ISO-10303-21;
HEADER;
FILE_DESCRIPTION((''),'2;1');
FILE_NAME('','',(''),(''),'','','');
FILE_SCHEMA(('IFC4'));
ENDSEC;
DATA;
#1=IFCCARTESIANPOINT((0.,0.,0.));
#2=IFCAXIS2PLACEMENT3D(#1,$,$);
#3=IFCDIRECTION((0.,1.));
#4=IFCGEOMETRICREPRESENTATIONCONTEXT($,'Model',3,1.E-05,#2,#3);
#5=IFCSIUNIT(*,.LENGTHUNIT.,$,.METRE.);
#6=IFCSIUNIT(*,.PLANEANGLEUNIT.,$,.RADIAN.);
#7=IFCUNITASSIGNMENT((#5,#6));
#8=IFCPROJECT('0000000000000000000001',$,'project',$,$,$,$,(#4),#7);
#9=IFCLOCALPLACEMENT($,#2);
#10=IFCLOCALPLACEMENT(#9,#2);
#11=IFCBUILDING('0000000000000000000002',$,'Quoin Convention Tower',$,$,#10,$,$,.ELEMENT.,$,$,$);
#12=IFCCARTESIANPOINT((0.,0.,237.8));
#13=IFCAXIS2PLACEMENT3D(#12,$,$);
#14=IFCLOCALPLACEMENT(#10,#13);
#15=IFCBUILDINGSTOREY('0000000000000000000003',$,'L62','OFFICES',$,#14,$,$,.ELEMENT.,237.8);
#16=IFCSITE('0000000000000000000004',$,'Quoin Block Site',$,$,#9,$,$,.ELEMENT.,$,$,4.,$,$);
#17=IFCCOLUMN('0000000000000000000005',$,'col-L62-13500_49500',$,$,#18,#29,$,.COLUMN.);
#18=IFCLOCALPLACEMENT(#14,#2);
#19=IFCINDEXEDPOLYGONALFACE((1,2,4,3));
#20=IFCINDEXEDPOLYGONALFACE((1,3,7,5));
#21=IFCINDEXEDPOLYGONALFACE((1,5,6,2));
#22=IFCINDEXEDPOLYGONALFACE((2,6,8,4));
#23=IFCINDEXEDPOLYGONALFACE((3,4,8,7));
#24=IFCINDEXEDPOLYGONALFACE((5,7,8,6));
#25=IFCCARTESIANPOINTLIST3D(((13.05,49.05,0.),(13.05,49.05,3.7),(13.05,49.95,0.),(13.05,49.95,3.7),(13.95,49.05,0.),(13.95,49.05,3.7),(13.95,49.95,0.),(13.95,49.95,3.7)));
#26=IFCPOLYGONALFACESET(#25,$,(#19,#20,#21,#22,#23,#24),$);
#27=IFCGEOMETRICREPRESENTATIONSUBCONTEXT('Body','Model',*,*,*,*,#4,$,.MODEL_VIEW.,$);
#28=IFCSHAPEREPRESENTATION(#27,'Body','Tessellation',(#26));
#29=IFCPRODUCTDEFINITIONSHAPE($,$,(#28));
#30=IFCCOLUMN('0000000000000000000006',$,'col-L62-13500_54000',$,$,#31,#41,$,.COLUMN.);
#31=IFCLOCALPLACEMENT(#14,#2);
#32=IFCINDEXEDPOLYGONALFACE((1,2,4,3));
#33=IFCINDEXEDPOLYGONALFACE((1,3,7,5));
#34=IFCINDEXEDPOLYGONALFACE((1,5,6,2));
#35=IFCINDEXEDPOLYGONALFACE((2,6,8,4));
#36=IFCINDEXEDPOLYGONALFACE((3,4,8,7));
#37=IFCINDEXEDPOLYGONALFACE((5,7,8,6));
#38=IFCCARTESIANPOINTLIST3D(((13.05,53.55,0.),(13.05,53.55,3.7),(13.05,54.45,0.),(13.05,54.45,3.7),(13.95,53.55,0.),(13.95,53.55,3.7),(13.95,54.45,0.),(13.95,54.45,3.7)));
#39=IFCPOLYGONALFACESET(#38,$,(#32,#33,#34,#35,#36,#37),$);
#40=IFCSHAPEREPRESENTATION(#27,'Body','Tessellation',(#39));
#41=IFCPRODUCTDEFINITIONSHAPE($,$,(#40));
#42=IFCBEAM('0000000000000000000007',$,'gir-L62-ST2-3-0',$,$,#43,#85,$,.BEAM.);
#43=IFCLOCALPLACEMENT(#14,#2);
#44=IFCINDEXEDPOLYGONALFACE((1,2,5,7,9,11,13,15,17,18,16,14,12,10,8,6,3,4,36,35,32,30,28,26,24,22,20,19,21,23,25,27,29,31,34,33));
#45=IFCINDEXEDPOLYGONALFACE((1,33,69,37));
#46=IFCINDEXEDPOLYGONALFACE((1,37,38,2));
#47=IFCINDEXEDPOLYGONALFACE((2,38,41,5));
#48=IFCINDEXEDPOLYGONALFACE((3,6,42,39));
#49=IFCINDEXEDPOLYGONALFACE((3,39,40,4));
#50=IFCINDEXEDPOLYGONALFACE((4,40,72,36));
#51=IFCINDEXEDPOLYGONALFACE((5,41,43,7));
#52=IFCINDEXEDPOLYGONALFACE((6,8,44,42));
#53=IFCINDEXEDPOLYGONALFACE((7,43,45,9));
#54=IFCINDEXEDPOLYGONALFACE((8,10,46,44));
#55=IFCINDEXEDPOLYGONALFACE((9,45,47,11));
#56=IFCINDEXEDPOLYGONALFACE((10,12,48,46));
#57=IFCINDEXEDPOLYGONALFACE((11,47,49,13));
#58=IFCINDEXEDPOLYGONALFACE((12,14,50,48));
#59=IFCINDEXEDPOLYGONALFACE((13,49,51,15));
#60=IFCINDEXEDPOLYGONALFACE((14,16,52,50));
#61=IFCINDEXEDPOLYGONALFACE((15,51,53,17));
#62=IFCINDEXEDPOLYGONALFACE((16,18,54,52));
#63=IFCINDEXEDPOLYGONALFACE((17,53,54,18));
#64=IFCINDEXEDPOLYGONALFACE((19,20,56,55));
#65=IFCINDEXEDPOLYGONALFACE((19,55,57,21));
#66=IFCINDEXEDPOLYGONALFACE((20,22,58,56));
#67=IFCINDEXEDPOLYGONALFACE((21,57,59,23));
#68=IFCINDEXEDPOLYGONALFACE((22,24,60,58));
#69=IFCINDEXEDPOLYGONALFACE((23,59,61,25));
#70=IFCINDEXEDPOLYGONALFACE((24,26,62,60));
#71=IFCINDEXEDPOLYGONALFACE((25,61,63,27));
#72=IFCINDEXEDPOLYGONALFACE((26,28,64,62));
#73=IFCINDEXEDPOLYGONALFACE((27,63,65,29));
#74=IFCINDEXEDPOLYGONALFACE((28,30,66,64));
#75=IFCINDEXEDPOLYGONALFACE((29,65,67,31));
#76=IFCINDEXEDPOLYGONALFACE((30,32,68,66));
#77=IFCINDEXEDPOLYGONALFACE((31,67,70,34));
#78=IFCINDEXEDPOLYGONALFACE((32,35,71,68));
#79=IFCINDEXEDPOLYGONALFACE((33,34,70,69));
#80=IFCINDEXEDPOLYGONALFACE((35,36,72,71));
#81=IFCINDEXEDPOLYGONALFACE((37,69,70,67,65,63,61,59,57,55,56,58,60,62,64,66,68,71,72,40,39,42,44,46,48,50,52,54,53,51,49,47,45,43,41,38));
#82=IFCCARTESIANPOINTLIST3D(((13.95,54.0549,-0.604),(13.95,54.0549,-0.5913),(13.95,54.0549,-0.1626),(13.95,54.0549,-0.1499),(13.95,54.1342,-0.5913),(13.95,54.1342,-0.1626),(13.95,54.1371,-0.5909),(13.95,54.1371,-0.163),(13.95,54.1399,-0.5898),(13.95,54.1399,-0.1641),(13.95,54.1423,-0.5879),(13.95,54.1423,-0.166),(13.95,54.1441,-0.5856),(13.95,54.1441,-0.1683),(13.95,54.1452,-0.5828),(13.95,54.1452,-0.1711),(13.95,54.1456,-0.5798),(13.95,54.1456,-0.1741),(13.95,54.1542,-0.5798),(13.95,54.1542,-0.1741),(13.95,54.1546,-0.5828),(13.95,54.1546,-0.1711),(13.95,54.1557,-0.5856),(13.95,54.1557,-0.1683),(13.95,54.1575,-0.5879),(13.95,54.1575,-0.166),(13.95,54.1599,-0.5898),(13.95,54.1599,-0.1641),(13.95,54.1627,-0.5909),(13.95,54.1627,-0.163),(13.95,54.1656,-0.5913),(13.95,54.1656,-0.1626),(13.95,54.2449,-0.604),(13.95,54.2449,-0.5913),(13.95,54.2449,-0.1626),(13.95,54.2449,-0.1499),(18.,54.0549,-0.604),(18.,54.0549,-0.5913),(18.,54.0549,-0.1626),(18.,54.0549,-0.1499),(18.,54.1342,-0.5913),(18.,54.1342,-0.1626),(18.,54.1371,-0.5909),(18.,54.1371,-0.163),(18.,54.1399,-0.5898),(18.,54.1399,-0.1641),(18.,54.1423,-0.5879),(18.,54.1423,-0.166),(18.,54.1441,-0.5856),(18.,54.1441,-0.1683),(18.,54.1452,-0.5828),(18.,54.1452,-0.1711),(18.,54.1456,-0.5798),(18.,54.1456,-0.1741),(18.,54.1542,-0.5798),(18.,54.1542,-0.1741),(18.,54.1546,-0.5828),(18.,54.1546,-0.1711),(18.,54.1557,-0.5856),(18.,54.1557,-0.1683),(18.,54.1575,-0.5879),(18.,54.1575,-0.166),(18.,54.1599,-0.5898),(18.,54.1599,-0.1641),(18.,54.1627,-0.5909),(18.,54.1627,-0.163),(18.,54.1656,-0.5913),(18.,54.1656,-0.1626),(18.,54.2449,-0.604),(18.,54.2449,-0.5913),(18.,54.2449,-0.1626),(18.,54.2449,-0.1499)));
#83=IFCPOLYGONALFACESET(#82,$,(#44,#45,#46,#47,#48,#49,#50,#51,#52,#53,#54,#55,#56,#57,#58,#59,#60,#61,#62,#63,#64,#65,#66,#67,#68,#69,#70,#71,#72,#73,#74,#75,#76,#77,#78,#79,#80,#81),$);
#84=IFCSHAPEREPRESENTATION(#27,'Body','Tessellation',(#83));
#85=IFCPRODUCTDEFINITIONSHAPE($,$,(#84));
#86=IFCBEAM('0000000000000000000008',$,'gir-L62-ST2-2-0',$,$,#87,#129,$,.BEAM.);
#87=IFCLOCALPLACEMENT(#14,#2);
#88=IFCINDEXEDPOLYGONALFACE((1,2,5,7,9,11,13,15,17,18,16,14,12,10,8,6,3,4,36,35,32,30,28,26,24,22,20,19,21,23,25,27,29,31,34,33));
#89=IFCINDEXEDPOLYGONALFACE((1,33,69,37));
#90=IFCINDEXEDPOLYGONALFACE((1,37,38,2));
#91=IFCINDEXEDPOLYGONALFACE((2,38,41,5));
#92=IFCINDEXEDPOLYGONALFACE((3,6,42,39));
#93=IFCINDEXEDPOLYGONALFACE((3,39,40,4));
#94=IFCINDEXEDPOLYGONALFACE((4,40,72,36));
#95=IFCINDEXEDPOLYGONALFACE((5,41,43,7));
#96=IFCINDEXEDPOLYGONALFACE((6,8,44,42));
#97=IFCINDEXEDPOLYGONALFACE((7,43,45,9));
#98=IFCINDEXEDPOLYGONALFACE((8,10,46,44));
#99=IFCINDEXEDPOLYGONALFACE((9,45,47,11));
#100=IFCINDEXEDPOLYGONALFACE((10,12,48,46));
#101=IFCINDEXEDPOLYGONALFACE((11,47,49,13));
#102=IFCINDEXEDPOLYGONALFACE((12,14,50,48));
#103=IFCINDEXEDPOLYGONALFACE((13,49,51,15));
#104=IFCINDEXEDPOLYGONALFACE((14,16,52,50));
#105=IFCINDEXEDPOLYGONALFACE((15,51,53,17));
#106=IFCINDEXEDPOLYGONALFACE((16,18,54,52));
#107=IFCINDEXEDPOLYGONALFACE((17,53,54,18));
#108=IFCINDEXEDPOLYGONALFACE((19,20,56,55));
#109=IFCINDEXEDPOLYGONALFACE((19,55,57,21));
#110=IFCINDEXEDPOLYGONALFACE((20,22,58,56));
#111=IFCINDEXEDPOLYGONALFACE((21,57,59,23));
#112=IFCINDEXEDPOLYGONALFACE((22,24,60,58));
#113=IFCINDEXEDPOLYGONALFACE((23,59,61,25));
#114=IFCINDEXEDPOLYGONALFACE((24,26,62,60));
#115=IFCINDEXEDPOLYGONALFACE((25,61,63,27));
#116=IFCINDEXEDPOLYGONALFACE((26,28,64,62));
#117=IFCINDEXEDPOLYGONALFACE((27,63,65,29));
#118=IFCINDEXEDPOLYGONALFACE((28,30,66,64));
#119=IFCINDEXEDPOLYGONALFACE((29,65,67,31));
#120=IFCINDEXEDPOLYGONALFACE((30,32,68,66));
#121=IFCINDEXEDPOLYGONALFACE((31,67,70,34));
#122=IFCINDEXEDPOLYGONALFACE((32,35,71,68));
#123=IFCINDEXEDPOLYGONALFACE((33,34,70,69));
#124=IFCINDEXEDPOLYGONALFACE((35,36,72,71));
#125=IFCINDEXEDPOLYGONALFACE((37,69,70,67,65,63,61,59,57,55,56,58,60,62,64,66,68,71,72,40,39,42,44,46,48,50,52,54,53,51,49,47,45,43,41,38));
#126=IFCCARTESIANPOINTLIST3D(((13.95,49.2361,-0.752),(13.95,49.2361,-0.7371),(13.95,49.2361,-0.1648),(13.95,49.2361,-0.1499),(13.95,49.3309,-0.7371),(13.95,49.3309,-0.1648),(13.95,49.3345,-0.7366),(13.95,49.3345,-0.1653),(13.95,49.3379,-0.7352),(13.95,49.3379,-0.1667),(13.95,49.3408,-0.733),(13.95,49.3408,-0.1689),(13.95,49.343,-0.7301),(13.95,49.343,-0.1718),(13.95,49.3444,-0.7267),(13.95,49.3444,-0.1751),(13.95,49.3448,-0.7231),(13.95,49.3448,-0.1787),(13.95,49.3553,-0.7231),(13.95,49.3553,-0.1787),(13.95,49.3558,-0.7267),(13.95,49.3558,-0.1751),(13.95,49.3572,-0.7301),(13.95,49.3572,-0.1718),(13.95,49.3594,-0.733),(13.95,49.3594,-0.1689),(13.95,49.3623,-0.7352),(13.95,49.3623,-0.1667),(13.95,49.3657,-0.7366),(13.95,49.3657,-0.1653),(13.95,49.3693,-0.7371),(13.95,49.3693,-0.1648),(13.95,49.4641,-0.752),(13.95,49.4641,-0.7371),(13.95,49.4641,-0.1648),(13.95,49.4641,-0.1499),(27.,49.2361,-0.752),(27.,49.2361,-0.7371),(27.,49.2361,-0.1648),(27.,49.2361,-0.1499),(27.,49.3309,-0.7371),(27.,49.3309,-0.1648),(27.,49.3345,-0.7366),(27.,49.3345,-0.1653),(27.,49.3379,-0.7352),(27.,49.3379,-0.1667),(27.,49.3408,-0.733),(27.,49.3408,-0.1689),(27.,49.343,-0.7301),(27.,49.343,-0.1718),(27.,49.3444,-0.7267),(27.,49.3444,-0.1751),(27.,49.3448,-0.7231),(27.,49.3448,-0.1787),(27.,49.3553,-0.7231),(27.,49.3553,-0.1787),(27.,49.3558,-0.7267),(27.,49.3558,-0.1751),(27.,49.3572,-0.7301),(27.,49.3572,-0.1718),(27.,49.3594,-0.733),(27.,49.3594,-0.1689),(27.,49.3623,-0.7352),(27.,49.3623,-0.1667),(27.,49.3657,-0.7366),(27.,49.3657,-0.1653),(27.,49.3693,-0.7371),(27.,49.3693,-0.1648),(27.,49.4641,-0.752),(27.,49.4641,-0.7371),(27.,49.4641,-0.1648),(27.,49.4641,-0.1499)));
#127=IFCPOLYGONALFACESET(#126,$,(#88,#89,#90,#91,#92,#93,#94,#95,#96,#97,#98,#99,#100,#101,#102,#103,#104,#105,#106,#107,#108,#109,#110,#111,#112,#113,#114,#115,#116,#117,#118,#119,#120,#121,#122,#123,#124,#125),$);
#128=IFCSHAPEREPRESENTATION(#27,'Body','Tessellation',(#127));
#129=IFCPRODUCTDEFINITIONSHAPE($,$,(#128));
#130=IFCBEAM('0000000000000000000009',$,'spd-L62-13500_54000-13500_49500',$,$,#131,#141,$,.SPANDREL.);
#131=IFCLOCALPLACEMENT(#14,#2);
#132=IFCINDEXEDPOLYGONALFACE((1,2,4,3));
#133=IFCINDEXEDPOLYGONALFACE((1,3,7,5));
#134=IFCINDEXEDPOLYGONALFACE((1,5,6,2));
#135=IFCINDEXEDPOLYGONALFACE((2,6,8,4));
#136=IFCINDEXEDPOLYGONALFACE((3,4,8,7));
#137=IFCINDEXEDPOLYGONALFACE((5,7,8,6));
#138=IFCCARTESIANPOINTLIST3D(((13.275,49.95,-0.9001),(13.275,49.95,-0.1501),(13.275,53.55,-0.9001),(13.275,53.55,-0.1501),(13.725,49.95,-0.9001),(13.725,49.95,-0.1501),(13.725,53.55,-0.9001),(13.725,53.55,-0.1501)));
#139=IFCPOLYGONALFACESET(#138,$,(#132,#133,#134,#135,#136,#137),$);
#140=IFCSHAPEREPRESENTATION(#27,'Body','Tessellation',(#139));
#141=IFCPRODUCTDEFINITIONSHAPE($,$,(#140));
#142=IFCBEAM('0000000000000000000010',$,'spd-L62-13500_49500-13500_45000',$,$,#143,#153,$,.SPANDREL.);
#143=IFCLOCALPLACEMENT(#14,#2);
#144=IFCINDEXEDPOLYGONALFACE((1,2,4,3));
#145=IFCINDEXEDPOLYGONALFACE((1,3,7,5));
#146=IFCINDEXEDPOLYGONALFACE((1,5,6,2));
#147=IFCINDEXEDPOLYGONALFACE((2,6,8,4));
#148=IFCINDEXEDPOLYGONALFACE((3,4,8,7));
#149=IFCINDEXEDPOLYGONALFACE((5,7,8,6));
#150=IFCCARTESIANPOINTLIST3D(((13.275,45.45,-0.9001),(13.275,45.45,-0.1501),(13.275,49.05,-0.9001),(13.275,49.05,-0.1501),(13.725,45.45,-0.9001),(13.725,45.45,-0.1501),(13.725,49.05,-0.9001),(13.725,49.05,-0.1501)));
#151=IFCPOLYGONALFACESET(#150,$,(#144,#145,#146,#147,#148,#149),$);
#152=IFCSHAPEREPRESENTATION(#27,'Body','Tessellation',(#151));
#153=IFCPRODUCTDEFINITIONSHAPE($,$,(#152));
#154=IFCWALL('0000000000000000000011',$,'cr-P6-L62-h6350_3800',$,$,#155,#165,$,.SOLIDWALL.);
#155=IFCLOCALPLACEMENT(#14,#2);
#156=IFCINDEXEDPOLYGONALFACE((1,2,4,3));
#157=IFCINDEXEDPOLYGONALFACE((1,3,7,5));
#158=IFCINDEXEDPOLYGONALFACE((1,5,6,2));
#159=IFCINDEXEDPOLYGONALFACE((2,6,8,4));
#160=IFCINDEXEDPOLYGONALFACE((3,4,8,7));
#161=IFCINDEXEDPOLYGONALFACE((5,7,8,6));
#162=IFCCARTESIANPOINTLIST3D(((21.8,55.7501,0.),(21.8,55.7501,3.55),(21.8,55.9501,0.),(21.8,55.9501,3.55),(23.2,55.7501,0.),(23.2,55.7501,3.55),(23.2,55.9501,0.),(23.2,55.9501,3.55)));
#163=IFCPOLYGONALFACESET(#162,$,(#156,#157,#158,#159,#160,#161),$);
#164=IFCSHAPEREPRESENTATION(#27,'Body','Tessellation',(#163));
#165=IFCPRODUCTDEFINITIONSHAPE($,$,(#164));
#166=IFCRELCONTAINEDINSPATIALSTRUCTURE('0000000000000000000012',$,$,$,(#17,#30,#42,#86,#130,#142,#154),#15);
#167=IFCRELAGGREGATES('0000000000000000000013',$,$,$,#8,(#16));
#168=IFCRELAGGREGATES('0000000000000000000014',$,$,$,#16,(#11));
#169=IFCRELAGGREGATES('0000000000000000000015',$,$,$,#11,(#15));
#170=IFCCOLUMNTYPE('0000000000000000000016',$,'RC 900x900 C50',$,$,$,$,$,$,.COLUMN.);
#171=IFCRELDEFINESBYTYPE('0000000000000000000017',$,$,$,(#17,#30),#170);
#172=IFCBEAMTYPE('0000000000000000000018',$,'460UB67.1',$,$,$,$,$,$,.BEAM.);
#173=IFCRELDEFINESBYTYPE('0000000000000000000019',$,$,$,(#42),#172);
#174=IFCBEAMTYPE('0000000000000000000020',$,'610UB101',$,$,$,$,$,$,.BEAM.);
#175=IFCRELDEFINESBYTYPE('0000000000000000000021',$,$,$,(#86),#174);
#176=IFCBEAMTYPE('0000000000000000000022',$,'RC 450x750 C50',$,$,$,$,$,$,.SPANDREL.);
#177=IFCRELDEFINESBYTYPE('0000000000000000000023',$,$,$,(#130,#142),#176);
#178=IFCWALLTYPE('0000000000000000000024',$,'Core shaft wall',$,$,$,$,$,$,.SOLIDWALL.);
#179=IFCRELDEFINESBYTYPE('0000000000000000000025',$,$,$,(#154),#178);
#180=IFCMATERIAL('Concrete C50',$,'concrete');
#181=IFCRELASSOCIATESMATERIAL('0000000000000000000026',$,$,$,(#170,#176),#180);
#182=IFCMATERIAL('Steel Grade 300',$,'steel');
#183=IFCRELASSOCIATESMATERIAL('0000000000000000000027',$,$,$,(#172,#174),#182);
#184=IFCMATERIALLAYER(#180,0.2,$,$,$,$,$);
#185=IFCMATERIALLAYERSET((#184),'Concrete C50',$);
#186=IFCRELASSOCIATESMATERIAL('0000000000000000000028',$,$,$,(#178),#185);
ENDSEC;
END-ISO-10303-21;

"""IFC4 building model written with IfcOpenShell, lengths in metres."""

from ifc_helpers import new_model, si_unit, direction, frame, frame_2d, origin, origin_2d, place, context, subcontext, project, spatial, rectangle, i_section, extrude, material, layer, layer_set, material_profile, profile_set, type_object, element, save


model = new_model("IFC4")

# Units and contexts
model_context = context("Model", 3, precision=1e-05, world=origin(), true_north=direction((0.0, 1.0)))
body_context = subcontext(model_context, "Body", "Model", "MODEL_VIEW")
ifc_project = project(units=[si_unit("LENGTHUNIT", "METRE"), si_unit("PLANEANGLEUNIT", "RADIAN")], contexts=[model_context])

# Site, building, storey
site_placement = place(None, origin())
site = spatial("IfcSite", under=ifc_project, at=site_placement, Name="Quoin Block Site", CompositionType="ELEMENT", RefElevation=4.0)
building_placement = place(site_placement, origin())
building = spatial("IfcBuilding", under=site, at=building_placement, Name="Quoin Convention Tower", CompositionType="ELEMENT")
storey_placement = place(building_placement, frame((0.0, 0.0, 237.8)))
storey = spatial("IfcBuildingStorey", under=building, at=storey_placement, Name="L62", Description="OFFICES", CompositionType="ELEMENT", Elevation=237.8)

# Columns
ifc_material_1 = material(Name="Concrete C50", Category="concrete")
ifc_material_profile_1 = material_profile(ifc_material_1, rectangle(XDim=0.8999, YDim=0.8999, at=origin_2d()), Name="RC 900x900")
ifc_profile_set_1 = profile_set([ifc_material_profile_1], Name="Concrete C50")
column_type = type_object("IfcColumnType", Name="RC 900x900 C50", PredefinedType="COLUMN", material=ifc_profile_set_1)
for number, where, z_axis, x_axis, name in (
    (1, (13.5, 49.5, 0.0), (0.0, 0.0, 1.0), (1.0, 0.0, 0.0), "col-L62-13500_49500"),
    (2, (13.5, 54.0, 0.0), (0.0, 0.0, 1.0), (1.0, 0.0, 0.0), "col-L62-13500_54000"),
):
    element("IfcColumn", number, at=place(storey_placement, frame(where, z_axis=z_axis, x_axis=x_axis)), inside=storey, type_object=column_type, Name=name, PredefinedType="COLUMN", context=body_context, shape_type="SweptSolid", body=[
        extrude(rectangle(XDim=0.8999, YDim=0.8999, at=origin_2d()), origin(), (0.0, 0.0, 1.0), 3.7),
    ])

# Beams
ifc_material_2 = material(Name="Steel Grade 300", Category="steel")
ifc_material_profile_2 = material_profile(ifc_material_2, i_section(OverallWidth=0.1899, OverallDepth=0.4541, WebThickness=0.0085, FlangeThickness=0.0127, FilletRadius=0.0115, at=origin_2d()), Name="460UB67.1")
ifc_profile_set_2 = profile_set([ifc_material_profile_2], Name="Steel Grade 300")
beam_type_1 = type_object("IfcBeamType", Name="460UB67.1", PredefinedType="BEAM", material=ifc_profile_set_2)
beam_1_placement = place(storey_placement, frame((13.95, 54.1499, -0.377), z_axis=(1.0, 0.0, 0.0), x_axis=(0.0, 1.0, 0.0)))
element("IfcBeam", 3, at=beam_1_placement, inside=storey, type_object=beam_type_1, Name="gir-L62-ST2-3-0", PredefinedType="BEAM", context=body_context, shape_type="SweptSolid", body=[
    extrude(i_section(OverallWidth=0.1899, OverallDepth=0.4541, WebThickness=0.0085, FlangeThickness=0.0127, FilletRadius=0.0115, at=origin_2d()), origin(), (0.0, 0.0, 1.0), 4.05),
])
ifc_material_profile_3 = material_profile(ifc_material_2, i_section(OverallWidth=0.228, OverallDepth=0.6021, WebThickness=0.0105, FlangeThickness=0.0149, FilletRadius=0.0139, at=origin_2d()), Name="610UB101")
ifc_profile_set_3 = profile_set([ifc_material_profile_3], Name="Steel Grade 300")
beam_type_2 = type_object("IfcBeamType", Name="610UB101", PredefinedType="BEAM", material=ifc_profile_set_3)
beam_2_placement = place(storey_placement, frame((13.95, 49.3501, -0.4509), z_axis=(1.0, 0.0, 0.0), x_axis=(0.0, 1.0, 0.0)))
element("IfcBeam", 4, at=beam_2_placement, inside=storey, type_object=beam_type_2, Name="gir-L62-ST2-2-0", PredefinedType="BEAM", context=body_context, shape_type="SweptSolid", body=[
    extrude(i_section(OverallWidth=0.228, OverallDepth=0.6021, WebThickness=0.0105, FlangeThickness=0.0149, FilletRadius=0.0139, at=origin_2d()), origin(), (0.0, 0.0, 1.0), 13.05),
])
ifc_material_profile_4 = material_profile(ifc_material_1, rectangle(XDim=0.45, YDim=0.75, at=origin_2d()), Name="RC 450x750")
ifc_profile_set_4 = profile_set([ifc_material_profile_4], Name="Concrete C50")
beam_type_3 = type_object("IfcBeamType", Name="RC 450x750 C50", PredefinedType="SPANDREL", material=ifc_profile_set_4)
for number, where, z_axis, x_axis, name in (
    (5, (13.5, 53.55, -0.5251), (0.0, -1.0, 0.0), (1.0, 0.0, 0.0), "spd-L62-13500_54000-13500_49500"),
    (6, (13.5, 49.05, -0.5251), (0.0, -1.0, 0.0), (1.0, 0.0, 0.0), "spd-L62-13500_49500-13500_45000"),
):
    element("IfcBeam", number, at=place(storey_placement, frame(where, z_axis=z_axis, x_axis=x_axis)), inside=storey, type_object=beam_type_3, Name=name, PredefinedType="SPANDREL", context=body_context, shape_type="SweptSolid", body=[
        extrude(rectangle(XDim=0.45, YDim=0.75, at=origin_2d()), origin(), (0.0, 0.0, 1.0), 3.6001),
    ])

# Wall
ifc_layer_1 = layer(ifc_material_1, 0.2)
ifc_layer_set_1 = layer_set([ifc_layer_1], Name="Concrete C50")
wall_type_1 = type_object("IfcWallType", Name="Core shaft wall", PredefinedType="SOLIDWALL", material=ifc_layer_set_1)
wall_1_placement = place(storey_placement, frame((21.8, 55.8501, 0.0), z_axis=(0.0, 0.0, 1.0), x_axis=(1.0, 0.0, 0.0)))
element("IfcWall", 7, at=wall_1_placement, inside=storey, type_object=wall_type_1, Name="cr-P6-L62-h6350_3800", PredefinedType="SOLIDWALL", context=body_context, shape_type="SweptSolid", body=[
    extrude(rectangle(XDim=1.3999, YDim=0.2, at=frame_2d((0.7, 0.0))), origin(), (0.0, 0.0, 1.0), 3.55),
])

save(model, "model.ifc")
